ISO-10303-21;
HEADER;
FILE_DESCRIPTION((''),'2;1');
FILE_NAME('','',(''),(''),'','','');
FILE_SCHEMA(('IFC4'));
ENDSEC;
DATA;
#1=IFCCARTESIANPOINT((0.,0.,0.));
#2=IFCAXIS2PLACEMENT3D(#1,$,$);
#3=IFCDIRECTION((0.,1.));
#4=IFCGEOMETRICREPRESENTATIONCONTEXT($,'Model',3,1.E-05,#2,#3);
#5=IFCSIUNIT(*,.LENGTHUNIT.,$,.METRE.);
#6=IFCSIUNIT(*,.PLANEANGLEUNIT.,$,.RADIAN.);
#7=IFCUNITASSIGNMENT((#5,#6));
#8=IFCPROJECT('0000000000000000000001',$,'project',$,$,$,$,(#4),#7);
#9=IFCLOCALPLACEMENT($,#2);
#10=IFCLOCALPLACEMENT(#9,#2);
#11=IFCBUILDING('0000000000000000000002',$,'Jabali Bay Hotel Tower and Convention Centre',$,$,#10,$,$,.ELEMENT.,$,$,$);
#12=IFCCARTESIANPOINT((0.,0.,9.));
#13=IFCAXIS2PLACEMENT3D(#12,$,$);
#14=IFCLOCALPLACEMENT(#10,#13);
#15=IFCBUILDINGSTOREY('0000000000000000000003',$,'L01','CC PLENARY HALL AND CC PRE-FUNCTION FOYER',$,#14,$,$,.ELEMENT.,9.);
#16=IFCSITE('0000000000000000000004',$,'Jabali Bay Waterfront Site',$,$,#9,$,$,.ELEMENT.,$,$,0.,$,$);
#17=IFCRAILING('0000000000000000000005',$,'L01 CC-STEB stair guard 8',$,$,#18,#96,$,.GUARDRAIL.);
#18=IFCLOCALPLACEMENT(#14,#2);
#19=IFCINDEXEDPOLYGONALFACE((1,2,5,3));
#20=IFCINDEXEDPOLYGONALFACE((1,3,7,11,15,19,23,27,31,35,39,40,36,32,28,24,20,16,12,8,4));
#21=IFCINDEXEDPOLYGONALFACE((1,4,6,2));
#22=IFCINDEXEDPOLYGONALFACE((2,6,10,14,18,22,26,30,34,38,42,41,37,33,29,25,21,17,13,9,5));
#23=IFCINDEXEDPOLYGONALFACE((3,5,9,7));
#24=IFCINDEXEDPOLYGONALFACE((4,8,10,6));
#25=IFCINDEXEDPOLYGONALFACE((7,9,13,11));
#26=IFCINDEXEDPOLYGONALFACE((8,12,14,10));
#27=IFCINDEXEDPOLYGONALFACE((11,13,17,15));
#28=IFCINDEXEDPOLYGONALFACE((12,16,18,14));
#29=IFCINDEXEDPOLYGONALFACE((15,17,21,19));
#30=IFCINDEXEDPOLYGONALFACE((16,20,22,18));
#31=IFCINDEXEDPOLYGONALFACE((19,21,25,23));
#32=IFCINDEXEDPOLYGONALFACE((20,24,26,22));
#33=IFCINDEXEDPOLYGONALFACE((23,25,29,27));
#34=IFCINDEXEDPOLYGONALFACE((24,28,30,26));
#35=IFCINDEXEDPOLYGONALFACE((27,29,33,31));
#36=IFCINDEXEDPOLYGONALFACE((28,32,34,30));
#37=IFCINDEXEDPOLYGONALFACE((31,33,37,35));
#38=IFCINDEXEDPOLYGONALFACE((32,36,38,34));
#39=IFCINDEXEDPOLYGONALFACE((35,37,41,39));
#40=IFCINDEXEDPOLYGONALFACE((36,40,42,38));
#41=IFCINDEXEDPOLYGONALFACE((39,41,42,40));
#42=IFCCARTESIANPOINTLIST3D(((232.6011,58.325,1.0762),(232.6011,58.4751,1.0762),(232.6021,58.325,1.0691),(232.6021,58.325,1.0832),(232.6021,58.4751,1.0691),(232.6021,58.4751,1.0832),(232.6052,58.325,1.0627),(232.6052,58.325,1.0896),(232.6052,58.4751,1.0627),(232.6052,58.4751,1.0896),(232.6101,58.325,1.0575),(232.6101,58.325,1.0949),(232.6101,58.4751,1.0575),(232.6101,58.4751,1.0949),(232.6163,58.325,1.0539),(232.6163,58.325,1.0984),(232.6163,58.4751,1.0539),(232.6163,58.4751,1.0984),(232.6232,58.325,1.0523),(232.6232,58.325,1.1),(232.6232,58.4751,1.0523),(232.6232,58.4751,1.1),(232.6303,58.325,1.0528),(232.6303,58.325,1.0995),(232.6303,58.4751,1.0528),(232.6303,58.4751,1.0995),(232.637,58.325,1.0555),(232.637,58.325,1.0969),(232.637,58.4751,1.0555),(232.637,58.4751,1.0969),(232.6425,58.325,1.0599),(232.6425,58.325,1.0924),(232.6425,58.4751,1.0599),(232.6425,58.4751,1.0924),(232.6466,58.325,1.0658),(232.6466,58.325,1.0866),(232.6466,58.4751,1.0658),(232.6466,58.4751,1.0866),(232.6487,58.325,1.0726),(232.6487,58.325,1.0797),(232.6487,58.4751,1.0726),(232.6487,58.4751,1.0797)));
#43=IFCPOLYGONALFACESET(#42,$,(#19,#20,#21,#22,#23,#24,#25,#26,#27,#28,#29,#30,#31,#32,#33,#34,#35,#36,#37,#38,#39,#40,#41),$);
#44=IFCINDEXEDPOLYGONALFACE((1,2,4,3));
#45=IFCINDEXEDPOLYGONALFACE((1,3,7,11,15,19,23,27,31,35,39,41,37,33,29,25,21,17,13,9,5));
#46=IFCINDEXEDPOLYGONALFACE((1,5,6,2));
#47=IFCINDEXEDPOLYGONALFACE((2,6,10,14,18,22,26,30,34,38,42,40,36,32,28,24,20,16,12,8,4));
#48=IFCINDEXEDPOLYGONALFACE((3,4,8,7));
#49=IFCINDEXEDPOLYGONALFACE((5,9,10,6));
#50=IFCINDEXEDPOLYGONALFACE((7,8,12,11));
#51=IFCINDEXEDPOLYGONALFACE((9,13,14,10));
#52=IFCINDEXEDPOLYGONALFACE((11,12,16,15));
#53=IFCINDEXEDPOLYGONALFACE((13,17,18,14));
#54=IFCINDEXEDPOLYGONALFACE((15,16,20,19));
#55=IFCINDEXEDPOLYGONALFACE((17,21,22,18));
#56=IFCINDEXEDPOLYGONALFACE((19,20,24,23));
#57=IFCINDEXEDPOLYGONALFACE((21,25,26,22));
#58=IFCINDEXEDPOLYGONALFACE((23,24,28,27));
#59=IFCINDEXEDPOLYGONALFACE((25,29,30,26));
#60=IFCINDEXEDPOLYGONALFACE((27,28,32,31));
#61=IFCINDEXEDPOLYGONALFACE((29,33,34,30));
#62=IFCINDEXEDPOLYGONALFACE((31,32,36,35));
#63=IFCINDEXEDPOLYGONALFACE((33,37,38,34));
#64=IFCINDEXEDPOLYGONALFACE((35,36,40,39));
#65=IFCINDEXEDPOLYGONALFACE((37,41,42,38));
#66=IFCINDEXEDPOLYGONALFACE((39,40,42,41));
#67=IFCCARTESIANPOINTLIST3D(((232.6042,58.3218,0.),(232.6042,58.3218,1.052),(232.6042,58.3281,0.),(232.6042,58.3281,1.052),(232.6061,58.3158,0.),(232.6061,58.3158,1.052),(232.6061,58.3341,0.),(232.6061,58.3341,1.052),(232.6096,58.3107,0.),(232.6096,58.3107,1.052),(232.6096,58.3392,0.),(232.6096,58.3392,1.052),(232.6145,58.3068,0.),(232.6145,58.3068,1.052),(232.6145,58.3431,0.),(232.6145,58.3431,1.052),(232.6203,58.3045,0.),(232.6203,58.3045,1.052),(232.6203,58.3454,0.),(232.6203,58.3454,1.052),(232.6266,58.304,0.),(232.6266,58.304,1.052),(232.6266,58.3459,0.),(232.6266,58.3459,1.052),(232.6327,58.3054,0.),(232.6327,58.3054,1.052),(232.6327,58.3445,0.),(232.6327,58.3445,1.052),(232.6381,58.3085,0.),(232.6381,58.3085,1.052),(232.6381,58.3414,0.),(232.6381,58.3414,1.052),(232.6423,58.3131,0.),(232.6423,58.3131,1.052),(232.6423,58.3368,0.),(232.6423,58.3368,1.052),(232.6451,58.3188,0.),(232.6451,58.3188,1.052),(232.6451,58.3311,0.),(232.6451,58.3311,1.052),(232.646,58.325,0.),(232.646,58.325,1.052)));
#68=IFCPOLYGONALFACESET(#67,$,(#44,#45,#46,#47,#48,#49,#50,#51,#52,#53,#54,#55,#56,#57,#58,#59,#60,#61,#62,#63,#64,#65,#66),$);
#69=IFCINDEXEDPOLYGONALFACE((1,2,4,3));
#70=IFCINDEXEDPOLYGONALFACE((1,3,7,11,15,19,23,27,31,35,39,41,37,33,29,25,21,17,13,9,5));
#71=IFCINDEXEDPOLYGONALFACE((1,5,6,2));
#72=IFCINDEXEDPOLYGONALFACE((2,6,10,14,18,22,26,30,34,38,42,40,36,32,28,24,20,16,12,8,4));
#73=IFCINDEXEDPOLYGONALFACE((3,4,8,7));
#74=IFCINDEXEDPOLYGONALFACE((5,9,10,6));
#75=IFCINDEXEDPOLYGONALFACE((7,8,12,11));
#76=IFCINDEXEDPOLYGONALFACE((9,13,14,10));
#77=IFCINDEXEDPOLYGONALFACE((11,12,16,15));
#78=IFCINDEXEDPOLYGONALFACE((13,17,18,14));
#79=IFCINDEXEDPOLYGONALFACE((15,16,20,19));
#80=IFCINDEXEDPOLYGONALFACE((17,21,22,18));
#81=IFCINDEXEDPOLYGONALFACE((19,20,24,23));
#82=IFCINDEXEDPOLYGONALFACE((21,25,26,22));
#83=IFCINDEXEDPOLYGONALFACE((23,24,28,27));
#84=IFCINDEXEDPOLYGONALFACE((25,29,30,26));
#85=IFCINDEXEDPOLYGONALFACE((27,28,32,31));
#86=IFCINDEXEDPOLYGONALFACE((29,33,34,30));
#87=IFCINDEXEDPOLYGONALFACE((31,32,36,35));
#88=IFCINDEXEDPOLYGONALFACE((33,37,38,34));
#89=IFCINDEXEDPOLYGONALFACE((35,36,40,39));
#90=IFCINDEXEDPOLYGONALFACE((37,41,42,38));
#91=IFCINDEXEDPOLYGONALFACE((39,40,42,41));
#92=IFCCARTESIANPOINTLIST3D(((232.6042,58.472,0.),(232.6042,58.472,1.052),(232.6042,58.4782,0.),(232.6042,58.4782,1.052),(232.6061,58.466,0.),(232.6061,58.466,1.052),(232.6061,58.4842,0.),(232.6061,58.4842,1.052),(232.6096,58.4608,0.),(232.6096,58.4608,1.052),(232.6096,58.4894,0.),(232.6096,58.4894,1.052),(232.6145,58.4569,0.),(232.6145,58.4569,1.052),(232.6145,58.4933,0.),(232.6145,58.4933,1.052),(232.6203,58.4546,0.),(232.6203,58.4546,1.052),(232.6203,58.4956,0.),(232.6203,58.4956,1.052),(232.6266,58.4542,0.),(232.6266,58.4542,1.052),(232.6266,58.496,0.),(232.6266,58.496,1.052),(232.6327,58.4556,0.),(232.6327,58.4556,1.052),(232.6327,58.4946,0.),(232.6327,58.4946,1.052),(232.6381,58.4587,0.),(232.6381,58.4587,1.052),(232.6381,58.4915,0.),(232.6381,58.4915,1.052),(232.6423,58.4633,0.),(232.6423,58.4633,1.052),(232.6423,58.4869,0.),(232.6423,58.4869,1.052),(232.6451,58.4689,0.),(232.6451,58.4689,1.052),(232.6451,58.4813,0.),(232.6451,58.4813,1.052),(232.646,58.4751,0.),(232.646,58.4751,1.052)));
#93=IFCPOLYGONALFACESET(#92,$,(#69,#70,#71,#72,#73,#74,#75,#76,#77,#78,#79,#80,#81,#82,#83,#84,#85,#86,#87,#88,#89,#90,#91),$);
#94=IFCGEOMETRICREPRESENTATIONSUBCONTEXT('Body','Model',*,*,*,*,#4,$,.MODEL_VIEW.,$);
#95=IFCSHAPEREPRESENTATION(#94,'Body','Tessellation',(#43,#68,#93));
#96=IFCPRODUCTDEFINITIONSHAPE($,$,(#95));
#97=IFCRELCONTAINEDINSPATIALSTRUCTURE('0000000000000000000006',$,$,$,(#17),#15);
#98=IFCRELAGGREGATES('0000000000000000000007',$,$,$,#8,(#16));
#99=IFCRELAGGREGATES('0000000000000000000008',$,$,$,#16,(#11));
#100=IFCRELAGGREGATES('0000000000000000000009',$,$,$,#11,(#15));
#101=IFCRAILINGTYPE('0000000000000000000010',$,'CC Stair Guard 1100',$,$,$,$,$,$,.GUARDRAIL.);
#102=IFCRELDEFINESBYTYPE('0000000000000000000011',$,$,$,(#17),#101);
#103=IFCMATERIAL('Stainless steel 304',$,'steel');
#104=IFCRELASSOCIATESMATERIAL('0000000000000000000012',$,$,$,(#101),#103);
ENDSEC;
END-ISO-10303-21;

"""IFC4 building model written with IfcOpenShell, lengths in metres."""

from ifc_helpers import new_model, si_unit, direction, frame, origin, origin_2d, place, context, subcontext, project, spatial, circle, extrude, material, type_object, element, save


model = new_model("IFC4")

# Units and contexts
model_context = context("Model", 3, precision=1e-05, world=origin(), true_north=direction((0.0, 1.0)))
body_context = subcontext(model_context, "Body", "Model", "MODEL_VIEW")
ifc_project = project(units=[si_unit("LENGTHUNIT", "METRE"), si_unit("PLANEANGLEUNIT", "RADIAN")], contexts=[model_context])

# Site, building, storey
site_placement = place(None, origin())
site = spatial("IfcSite", under=ifc_project, at=site_placement, Name="Jabali Bay Waterfront Site", CompositionType="ELEMENT", RefElevation=0.0)
building_placement = place(site_placement, origin())
building = spatial("IfcBuilding", under=site, at=building_placement, Name="Jabali Bay Hotel Tower and Convention Centre", CompositionType="ELEMENT")
storey_placement = place(building_placement, frame((0.0, 0.0, 9.0)))
storey = spatial("IfcBuildingStorey", under=building, at=storey_placement, Name="L01", Description="CC PLENARY HALL AND CC PRE-FUNCTION FOYER", CompositionType="ELEMENT", Elevation=9.0)

# Railing
ifc_material_1 = material(Name="Stainless steel 304", Category="steel")
railing_type_1 = type_object("IfcRailingType", Name="CC Stair Guard 1100", PredefinedType="GUARDRAIL", material=ifc_material_1)
railing_1_placement = place(storey_placement, frame((232.625, 58.325, 0.0)))
element("IfcRailing", 1, at=railing_1_placement, inside=storey, type_object=railing_type_1, Name="L01 CC-STEB stair guard 8", PredefinedType="GUARDRAIL", context=body_context, shape_type="SweptSolid", body=[
    extrude(circle(Radius=0.0239, at=origin_2d()), frame((0.0, 0.0, 1.0762), z_axis=(0.0, 1.0, 0.0), x_axis=(-1.0, 0.0, 0.0)), (0.0, 0.0, 1.0), 0.1501),
    extrude(circle(Radius=0.021, at=origin_2d()), origin(), (0.0, 0.0, 1.0), 1.052),
    extrude(circle(Radius=0.021, at=origin_2d()), frame((0.0, 0.1501, 0.0)), (0.0, 0.0, 1.0), 1.052),
])

save(model, "model.ifc")
